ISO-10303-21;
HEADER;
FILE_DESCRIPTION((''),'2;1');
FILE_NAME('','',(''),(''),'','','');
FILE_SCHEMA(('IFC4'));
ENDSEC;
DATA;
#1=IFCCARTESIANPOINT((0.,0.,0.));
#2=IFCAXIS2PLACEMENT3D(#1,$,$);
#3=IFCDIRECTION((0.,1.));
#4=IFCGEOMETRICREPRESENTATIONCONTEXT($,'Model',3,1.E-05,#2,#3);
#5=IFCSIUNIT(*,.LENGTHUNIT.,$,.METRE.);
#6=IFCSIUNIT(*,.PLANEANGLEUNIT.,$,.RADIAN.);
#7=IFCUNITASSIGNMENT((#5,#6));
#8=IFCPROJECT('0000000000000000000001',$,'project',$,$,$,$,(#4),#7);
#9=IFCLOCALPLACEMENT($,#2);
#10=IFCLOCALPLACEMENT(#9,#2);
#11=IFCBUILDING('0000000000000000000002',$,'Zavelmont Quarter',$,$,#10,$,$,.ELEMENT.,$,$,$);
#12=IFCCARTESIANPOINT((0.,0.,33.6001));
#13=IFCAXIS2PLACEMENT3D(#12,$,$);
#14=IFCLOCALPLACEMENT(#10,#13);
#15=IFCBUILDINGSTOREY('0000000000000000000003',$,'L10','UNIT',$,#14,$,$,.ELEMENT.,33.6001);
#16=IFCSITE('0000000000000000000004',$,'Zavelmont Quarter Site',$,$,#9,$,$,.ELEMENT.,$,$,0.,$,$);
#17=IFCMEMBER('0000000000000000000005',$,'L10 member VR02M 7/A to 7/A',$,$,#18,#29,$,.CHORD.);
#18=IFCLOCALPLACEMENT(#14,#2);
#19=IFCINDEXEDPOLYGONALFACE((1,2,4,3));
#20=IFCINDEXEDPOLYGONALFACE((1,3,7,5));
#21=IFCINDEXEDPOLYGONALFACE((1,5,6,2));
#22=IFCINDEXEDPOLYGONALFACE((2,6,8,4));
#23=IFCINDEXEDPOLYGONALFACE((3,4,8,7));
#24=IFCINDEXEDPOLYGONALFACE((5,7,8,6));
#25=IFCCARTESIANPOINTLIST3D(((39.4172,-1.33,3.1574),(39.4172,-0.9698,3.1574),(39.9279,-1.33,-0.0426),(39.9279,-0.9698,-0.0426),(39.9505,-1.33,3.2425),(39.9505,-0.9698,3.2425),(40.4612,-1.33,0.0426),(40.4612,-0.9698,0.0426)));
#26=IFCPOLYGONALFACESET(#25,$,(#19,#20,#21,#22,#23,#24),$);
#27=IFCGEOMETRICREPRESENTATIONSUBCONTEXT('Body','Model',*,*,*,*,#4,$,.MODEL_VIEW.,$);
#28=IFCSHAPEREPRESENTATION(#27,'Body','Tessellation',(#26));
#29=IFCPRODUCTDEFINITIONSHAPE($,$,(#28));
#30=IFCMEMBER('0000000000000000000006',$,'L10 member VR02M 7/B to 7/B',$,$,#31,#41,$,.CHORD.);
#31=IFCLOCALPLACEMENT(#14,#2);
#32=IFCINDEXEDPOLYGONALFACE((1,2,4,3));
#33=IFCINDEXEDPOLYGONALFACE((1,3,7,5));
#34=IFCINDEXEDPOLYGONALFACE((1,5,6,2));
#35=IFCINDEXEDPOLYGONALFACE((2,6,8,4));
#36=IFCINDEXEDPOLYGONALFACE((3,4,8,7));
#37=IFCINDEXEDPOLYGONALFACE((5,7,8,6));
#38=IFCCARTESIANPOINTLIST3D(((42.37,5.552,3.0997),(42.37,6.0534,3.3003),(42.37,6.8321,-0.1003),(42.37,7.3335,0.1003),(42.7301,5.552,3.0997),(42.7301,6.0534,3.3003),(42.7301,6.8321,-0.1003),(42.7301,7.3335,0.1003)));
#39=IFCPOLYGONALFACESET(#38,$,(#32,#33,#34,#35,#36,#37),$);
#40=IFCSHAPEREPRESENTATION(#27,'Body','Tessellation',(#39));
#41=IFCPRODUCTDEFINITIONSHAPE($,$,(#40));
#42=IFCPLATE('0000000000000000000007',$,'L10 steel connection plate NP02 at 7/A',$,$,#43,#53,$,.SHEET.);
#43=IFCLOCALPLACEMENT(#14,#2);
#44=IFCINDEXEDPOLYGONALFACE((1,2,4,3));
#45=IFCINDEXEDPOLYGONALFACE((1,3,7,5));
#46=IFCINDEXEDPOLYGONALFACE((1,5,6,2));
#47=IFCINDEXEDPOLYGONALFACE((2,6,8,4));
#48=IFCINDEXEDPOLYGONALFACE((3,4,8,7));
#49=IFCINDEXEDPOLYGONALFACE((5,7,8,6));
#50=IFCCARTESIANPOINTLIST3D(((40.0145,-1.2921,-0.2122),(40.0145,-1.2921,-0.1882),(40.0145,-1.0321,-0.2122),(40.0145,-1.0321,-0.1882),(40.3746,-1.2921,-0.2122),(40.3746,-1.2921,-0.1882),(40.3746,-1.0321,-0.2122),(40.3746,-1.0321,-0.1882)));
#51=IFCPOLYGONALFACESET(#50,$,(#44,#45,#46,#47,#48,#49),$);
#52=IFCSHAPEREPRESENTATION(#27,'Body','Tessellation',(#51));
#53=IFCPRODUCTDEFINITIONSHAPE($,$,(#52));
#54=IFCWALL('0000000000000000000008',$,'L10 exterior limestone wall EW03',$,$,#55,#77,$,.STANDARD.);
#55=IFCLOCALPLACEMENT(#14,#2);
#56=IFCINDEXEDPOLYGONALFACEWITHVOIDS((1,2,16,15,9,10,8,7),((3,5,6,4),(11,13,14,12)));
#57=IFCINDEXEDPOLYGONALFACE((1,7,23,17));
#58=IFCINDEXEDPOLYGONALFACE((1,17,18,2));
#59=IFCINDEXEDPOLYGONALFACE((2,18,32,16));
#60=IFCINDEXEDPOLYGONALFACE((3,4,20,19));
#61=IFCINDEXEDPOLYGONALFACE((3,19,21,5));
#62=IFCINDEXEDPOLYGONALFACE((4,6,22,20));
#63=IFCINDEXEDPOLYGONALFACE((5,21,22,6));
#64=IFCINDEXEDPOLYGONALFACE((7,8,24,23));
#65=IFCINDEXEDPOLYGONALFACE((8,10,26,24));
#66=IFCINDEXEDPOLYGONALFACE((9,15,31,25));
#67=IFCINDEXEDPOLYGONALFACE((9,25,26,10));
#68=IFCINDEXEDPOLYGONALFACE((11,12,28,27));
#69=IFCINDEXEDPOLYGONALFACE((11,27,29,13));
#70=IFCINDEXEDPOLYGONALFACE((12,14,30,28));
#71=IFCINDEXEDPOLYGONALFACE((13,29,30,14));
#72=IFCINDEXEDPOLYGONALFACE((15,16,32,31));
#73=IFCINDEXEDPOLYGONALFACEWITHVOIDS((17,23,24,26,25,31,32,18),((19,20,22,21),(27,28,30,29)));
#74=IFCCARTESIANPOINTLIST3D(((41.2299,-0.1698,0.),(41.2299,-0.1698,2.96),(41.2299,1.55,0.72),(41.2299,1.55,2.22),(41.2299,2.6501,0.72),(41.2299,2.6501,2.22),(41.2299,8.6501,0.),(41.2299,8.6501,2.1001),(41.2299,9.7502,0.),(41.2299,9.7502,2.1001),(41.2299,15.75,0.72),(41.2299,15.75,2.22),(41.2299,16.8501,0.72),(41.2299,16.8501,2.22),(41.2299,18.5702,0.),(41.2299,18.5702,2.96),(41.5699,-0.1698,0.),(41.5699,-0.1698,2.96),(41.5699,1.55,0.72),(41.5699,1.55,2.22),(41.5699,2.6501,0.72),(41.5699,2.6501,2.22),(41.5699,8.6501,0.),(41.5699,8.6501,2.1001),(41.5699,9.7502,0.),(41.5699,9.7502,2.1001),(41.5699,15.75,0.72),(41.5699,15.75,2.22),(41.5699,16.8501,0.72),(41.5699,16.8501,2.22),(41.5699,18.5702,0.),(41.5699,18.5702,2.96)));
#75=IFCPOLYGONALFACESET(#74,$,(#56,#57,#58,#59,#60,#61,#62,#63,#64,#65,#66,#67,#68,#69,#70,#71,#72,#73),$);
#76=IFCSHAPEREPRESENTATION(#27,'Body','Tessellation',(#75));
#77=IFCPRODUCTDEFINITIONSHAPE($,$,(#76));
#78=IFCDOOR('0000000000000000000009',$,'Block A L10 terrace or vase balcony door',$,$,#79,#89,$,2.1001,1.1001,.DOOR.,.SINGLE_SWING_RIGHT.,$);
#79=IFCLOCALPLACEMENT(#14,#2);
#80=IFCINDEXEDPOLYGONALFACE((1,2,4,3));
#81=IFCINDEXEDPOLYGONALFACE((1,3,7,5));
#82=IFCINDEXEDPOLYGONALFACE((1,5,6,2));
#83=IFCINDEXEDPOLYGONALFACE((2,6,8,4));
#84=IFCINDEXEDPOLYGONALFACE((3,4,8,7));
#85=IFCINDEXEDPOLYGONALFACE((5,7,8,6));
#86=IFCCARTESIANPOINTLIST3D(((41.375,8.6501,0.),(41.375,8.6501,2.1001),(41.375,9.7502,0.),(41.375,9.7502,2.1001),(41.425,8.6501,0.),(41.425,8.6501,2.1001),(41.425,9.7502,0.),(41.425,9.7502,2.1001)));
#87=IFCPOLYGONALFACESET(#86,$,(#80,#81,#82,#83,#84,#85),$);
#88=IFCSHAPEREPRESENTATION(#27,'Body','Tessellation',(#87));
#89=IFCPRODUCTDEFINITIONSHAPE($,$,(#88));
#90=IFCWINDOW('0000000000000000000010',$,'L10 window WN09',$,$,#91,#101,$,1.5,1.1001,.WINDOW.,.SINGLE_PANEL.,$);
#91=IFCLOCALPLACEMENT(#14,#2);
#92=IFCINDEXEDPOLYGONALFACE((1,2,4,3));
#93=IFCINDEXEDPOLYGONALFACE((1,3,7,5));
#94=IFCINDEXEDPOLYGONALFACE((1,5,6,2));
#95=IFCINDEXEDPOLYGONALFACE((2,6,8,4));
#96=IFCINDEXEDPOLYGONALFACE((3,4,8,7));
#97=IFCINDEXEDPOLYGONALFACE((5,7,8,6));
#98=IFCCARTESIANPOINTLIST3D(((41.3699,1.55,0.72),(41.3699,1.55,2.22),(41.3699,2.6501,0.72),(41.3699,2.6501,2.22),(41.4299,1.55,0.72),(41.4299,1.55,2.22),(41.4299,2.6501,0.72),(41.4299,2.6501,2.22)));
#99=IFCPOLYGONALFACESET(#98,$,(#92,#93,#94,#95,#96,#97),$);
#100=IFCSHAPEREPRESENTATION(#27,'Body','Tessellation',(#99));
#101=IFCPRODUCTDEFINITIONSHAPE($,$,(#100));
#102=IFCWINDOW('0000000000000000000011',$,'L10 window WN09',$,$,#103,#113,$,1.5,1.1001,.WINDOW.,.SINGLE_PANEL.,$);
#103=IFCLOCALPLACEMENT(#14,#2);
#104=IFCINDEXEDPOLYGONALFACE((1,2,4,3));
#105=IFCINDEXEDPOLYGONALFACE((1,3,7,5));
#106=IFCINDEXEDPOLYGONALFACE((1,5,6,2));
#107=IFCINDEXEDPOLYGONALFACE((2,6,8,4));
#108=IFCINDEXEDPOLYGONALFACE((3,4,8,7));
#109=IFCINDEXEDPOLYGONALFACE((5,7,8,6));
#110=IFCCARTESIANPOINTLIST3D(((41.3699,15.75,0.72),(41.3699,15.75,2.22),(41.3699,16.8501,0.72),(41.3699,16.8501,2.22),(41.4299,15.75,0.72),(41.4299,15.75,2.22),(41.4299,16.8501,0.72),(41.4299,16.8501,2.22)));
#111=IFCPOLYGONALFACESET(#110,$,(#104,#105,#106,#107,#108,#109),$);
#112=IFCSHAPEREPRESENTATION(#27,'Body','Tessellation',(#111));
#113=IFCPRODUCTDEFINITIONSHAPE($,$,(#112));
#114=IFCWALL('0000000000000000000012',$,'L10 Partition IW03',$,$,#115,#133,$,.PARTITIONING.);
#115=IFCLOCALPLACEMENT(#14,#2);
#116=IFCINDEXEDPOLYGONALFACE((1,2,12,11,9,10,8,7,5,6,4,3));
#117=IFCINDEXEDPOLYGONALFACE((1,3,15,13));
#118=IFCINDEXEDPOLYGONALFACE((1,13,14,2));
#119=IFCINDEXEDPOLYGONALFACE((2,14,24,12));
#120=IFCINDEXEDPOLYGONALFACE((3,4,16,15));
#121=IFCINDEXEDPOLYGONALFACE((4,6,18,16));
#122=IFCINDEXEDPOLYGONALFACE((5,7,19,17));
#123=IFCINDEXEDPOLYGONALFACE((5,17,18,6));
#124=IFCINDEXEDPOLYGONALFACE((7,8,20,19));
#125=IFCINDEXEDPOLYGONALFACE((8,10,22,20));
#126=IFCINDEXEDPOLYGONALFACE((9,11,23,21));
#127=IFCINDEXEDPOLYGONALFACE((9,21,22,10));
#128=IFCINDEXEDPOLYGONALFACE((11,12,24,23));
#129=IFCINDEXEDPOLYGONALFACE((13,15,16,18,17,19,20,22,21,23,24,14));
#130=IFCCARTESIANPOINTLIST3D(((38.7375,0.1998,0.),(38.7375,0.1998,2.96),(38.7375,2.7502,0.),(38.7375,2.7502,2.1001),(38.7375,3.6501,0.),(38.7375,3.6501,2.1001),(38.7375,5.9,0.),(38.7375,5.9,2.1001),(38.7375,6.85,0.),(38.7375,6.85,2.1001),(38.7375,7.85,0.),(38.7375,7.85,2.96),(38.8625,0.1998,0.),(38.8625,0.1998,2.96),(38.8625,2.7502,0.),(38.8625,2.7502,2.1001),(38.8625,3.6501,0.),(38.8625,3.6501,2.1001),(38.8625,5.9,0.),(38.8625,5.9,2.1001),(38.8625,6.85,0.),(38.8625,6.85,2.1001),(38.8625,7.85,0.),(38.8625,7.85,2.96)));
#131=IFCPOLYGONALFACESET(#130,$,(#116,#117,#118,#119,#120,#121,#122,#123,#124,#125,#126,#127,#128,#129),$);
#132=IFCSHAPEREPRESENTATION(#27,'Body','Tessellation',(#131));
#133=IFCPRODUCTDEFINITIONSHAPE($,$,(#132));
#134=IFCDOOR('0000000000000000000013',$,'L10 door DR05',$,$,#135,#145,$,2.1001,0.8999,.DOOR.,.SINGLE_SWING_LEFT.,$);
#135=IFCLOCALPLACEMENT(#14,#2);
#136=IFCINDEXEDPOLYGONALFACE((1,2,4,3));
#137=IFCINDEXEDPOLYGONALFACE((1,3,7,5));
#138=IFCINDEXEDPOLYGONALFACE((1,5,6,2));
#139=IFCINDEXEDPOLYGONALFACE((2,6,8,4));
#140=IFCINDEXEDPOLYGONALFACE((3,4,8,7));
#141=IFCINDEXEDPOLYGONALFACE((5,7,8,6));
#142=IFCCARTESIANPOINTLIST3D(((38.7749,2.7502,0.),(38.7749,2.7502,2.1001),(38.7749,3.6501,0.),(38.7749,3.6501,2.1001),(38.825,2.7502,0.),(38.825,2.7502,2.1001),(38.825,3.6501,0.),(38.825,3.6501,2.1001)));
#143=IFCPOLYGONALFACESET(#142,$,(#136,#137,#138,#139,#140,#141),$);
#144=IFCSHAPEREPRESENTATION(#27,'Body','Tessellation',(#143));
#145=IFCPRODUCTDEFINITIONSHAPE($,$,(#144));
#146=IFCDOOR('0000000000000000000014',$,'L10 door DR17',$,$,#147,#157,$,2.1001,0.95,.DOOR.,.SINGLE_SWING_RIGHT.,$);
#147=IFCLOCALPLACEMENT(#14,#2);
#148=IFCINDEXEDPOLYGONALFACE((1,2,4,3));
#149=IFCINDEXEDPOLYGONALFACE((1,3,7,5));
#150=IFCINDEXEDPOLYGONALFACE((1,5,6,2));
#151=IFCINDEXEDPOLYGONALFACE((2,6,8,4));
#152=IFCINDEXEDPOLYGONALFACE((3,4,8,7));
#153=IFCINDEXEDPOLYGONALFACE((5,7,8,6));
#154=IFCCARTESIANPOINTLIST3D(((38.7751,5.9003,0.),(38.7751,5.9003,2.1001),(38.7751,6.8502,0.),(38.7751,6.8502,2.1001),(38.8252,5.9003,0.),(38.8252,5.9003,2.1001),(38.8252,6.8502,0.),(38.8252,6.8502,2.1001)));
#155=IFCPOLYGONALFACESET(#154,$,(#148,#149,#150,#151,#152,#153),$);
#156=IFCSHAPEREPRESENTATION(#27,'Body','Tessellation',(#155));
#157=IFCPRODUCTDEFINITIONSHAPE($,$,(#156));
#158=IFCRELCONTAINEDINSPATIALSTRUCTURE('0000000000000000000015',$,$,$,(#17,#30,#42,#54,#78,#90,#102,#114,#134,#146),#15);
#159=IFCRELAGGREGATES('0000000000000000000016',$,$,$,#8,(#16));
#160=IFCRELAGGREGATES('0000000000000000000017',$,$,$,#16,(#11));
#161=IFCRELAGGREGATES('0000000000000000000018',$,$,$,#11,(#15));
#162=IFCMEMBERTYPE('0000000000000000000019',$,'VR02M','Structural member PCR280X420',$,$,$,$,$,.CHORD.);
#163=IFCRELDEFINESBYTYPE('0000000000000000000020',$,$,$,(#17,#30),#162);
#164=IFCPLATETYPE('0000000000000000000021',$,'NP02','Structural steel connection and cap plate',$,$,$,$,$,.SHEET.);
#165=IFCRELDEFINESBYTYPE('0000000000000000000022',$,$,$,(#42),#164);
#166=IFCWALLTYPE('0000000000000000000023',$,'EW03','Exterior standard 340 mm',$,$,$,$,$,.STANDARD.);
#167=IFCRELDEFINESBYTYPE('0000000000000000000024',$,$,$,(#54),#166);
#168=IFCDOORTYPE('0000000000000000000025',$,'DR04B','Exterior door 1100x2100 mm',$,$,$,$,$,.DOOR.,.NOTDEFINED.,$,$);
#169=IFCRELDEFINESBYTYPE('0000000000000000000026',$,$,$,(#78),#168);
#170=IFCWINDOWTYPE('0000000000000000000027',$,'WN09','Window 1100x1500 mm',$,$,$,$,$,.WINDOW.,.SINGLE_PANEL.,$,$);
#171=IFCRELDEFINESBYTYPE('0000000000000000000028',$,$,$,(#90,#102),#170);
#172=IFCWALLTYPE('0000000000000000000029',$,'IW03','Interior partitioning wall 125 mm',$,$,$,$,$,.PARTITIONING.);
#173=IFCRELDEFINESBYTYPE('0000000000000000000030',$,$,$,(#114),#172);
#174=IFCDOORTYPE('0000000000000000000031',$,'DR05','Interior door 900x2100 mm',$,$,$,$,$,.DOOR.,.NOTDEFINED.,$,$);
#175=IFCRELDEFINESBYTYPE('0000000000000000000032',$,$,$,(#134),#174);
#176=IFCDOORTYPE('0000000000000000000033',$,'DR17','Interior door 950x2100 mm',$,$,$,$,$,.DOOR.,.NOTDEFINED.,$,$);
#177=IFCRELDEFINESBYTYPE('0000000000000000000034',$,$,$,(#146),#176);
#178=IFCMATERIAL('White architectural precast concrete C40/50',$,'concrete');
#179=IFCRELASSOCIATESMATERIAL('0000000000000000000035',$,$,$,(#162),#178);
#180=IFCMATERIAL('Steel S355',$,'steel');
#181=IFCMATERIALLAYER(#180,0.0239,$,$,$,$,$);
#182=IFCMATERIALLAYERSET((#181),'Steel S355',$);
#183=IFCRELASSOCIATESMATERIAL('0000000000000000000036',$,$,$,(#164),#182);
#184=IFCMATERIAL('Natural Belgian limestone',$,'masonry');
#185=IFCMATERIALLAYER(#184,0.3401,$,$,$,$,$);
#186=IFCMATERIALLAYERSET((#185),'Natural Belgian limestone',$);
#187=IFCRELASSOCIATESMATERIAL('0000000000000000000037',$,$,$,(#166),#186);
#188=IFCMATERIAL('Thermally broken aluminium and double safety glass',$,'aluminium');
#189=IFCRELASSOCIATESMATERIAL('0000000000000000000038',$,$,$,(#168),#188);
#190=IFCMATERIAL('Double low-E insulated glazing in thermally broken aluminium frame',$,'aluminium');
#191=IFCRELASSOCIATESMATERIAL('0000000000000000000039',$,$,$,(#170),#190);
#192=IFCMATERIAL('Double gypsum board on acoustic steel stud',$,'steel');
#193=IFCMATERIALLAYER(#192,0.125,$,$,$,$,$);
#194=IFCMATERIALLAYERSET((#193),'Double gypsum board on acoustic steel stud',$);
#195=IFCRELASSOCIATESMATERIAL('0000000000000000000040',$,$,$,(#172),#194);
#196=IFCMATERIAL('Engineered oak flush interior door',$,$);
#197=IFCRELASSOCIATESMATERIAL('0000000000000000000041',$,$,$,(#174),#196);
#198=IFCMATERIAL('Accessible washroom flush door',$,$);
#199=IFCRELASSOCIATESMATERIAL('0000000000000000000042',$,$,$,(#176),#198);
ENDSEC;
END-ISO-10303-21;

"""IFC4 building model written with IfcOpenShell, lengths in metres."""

from ifc_helpers import new_model, si_unit, direction, frame, frame_2d, origin, origin_with_axes, origin_2d, place, context, subcontext, project, spatial, rectangle, extrude, material, layer, layer_set, material_profile, profile_set, type_object, element, fill, save


model = new_model("IFC4")

# Units and contexts
model_context = context("Model", 3, precision=1e-05, world=origin(), true_north=direction((0.0, 1.0)))
body_context = subcontext(model_context, "Body", "Model", "MODEL_VIEW")
ifc_project = project(units=[si_unit("LENGTHUNIT", "METRE"), si_unit("PLANEANGLEUNIT", "RADIAN")], contexts=[model_context])

# Site, building, storey
site_placement = place(None, origin())
site = spatial("IfcSite", under=ifc_project, at=site_placement, Name="Zavelmont Quarter Site", CompositionType="ELEMENT", RefElevation=0.0)
building_placement = place(site_placement, origin())
building = spatial("IfcBuilding", under=site, at=building_placement, Name="Zavelmont Quarter", CompositionType="ELEMENT")
storey_placement = place(building_placement, frame((0.0, 0.0, 33.6001)))
storey = spatial("IfcBuildingStorey", under=building, at=storey_placement, Name="L10", Description="UNIT", CompositionType="ELEMENT", Elevation=33.6001)

# Shared definitions
ifc_material_1 = material(Name="Steel S355", Category="steel")

# Members
ifc_material_2 = material(Name="White architectural precast concrete C40/50", Category="concrete")
ifc_material_profile_1 = material_profile(ifc_material_2, rectangle(XDim=0.3601, YDim=0.54, at=origin_2d()), Name="PCR280X420")
ifc_profile_set_1 = profile_set([ifc_material_profile_1], Name="White architectural precast concrete C40/50")
member_type = type_object("IfcMemberType", Name="VR02M", Description="Structural member PCR280X420", PredefinedType="CHORD", material=ifc_profile_set_1)
member_1_placement = place(storey_placement, frame((40.1946, -1.1499, 0.0), z_axis=(-0.157614, 0.0, 0.987501), x_axis=(0.0, -1.0, 0.0)))
element("IfcMember", 1, at=member_1_placement, inside=storey, type_object=member_type, Name="L10 member VR02M 7/A to 7/A", PredefinedType="CHORD", context=body_context, shape_type="SweptSolid", body=[
    extrude(rectangle(XDim=0.3601, YDim=0.54, at=origin_2d()), origin(), (0.0, 0.0, 1.0), 3.2405),
])
member_2_placement = place(storey_placement, frame((42.55, 7.0828, 0.0), z_axis=(0.0, -0.371403, 0.928472), x_axis=(1.0, 0.0, 0.0)))
element("IfcMember", 2, at=member_2_placement, inside=storey, type_object=member_type, Name="L10 member VR02M 7/B to 7/B", PredefinedType="CHORD", context=body_context, shape_type="SweptSolid", body=[
    extrude(rectangle(XDim=0.3601, YDim=0.54, at=origin_2d()), origin(), (0.0, 0.0, 1.0), 3.4465),
])

# Plate
ifc_layer_1 = layer(ifc_material_1, 0.0239)
ifc_layer_set_1 = layer_set([ifc_layer_1], Name="Steel S355")
plate_type = type_object("IfcPlateType", Name="NP02", Description="Structural steel connection and cap plate", PredefinedType="SHEET", material=ifc_layer_set_1)
plate_placement = place(storey_placement, frame((40.1946, -1.1621, -0.2122), z_axis=(0.0, 0.0, 1.0), x_axis=(1.0, 0.0, 0.0)))
element("IfcPlate", 3, at=plate_placement, inside=storey, type_object=plate_type, Name="L10 steel connection plate NP02 at 7/A", PredefinedType="SHEET", context=body_context, shape_type="SweptSolid", body=[
    extrude(rectangle(XDim=0.3601, YDim=0.26, at=origin_2d()), origin(), (0.0, 0.0, 1.0), 0.0239),
])

# Wall, openings, door, windows
ifc_material_3 = material(Name="Natural Belgian limestone", Category="masonry")
ifc_layer_2 = layer(ifc_material_3, 0.3401)
ifc_layer_set_2 = layer_set([ifc_layer_2], Name="Natural Belgian limestone")
wall_type_1 = type_object("IfcWallType", Name="EW03", Description="Exterior standard 340 mm", PredefinedType="STANDARD", material=ifc_layer_set_2)
wall_1_placement = place(storey_placement, frame((41.3999, -0.1699, 0.0), z_axis=(0.0, 0.0, 1.0), x_axis=(0.0, 1.0, 0.0)))
wall_1 = element("IfcWall", 4, at=wall_1_placement, inside=storey, type_object=wall_type_1, Name="L10 exterior limestone wall EW03", PredefinedType="STANDARD", context=body_context, shape_type="SweptSolid", body=[
    extrude(rectangle(XDim=18.74, YDim=0.3401, at=frame_2d((9.3701, 0.0))), origin(), (0.0, 0.0, 1.0), 2.96),
])
opening_1_placement = place(wall_1_placement, frame((8.8201, 0.0, 0.0)))
opening_1 = element("IfcOpeningElement", 5, at=opening_1_placement, cuts=wall_1, PredefinedType="OPENING", context=body_context, shape_type="SweptSolid", body=[
    extrude(rectangle(XDim=1.1001, YDim=2.1001, at=frame_2d((0.55, 1.05))), frame((0.0, 0.1821, 0.0), z_axis=(0.0, -1.0, 0.0), x_axis=(1.0, 0.0, 0.0)), (0.0, 0.0, 1.0), 0.364),
])
opening_2_placement = place(wall_1_placement, frame((1.72, 0.0, 0.72)))
opening_2 = element("IfcOpeningElement", 6, at=opening_2_placement, cuts=wall_1, PredefinedType="OPENING", context=body_context, shape_type="SweptSolid", body=[
    extrude(rectangle(XDim=1.1001, YDim=1.5, at=frame_2d((0.55, 0.75))), frame((0.0, 0.1821, 0.0), z_axis=(0.0, -1.0, 0.0), x_axis=(1.0, 0.0, 0.0)), (0.0, 0.0, 1.0), 0.364),
])
opening_3_placement = place(wall_1_placement, frame((15.9199, 0.0, 0.72)))
opening_3 = element("IfcOpeningElement", 7, at=opening_3_placement, cuts=wall_1, PredefinedType="OPENING", context=body_context, shape_type="SweptSolid", body=[
    extrude(rectangle(XDim=1.1001, YDim=1.5, at=frame_2d((0.55, 0.75))), frame((0.0, 0.1821, 0.0), z_axis=(0.0, -1.0, 0.0), x_axis=(1.0, 0.0, 0.0)), (0.0, 0.0, 1.0), 0.364),
])
ifc_material_4 = material(Name="Thermally broken aluminium and double safety glass", Category="aluminium")
door_type_1 = type_object("IfcDoorType", Name="DR04B", Description="Exterior door 1100x2100 mm", OperationType="NOTDEFINED", PredefinedType="DOOR", material=ifc_material_4)
door_1_placement = place(opening_1_placement, origin_with_axes())
door_1 = element("IfcDoor", 8, at=door_1_placement, inside=storey, type_object=door_type_1, Name="Block A L10 terrace or vase balcony door", OperationType="SINGLE_SWING_RIGHT", OverallHeight=2.1001, OverallWidth=1.1001, PredefinedType="DOOR", context=body_context, shape_type="SweptSolid", body=[
    extrude(rectangle(XDim=1.1001, YDim=2.1001, at=frame_2d((0.55, 1.05))), frame((0.0, 0.0249, 0.0), z_axis=(0.0, -1.0, 0.0), x_axis=(1.0, 0.0, 0.0)), (0.0, 0.0, 1.0), 0.05),
])
fill(opening_1, door_1)
ifc_material_5 = material(Name="Double low-E insulated glazing in thermally broken aluminium frame", Category="aluminium")
window_type = type_object("IfcWindowType", Name="WN09", Description="Window 1100x1500 mm", PartitioningType="SINGLE_PANEL", PredefinedType="WINDOW", material=ifc_material_5)
window_1_placement = place(opening_2_placement, origin_with_axes())
window_1 = element("IfcWindow", 9, at=window_1_placement, inside=storey, type_object=window_type, Name="L10 window WN09", OverallHeight=1.5, OverallWidth=1.1001, PartitioningType="SINGLE_PANEL", PredefinedType="WINDOW", context=body_context, shape_type="SweptSolid", body=[
    extrude(rectangle(XDim=1.1001, YDim=1.5, at=frame_2d((0.55, 0.75))), frame((0.0, 0.03, 0.0), z_axis=(0.0, -1.0, 0.0), x_axis=(1.0, 0.0, 0.0)), (0.0, 0.0, 1.0), 0.0601),
])
fill(opening_2, window_1)
window_2_placement = place(opening_3_placement, origin_with_axes())
window_2 = element("IfcWindow", 10, at=window_2_placement, inside=storey, type_object=window_type, Name="L10 window WN09", OverallHeight=1.5, OverallWidth=1.1001, PartitioningType="SINGLE_PANEL", PredefinedType="WINDOW", context=body_context, shape_type="SweptSolid", body=[
    extrude(rectangle(XDim=1.1001, YDim=1.5, at=frame_2d((0.55, 0.75))), frame((0.0, 0.03, 0.0), z_axis=(0.0, -1.0, 0.0), x_axis=(1.0, 0.0, 0.0)), (0.0, 0.0, 1.0), 0.0601),
])
fill(opening_3, window_2)

# Wall, openings, doors
ifc_material_6 = material(Name="Double gypsum board on acoustic steel stud", Category="steel")
ifc_layer_3 = layer(ifc_material_6, 0.125)
ifc_layer_set_3 = layer_set([ifc_layer_3], Name="Double gypsum board on acoustic steel stud")
wall_type_2 = type_object("IfcWallType", Name="IW03", Description="Interior partitioning wall 125 mm", PredefinedType="PARTITIONING", material=ifc_layer_set_3)
wall_2_placement = place(storey_placement, frame((38.8, 7.8501, 0.0), z_axis=(0.0, 0.0, 1.0), x_axis=(0.0, -1.0, 0.0)))
wall_2 = element("IfcWall", 11, at=wall_2_placement, inside=storey, type_object=wall_type_2, Name="L10 Partition IW03", PredefinedType="PARTITIONING", context=body_context, shape_type="SweptSolid", body=[
    extrude(rectangle(XDim=7.6501, YDim=0.125, at=frame_2d((3.8252, 0.0))), origin(), (0.0, 0.0, 1.0), 2.96),
])
opening_4_placement = place(wall_2_placement, frame((1.0, 0.0, 0.0)))
opening_4 = element("IfcOpeningElement", 12, at=opening_4_placement, cuts=wall_2, PredefinedType="OPENING", context=body_context, shape_type="SweptSolid", body=[
    extrude(rectangle(XDim=0.95, YDim=2.1001, at=frame_2d((0.4751, 1.05))), frame((0.0, 0.0745, 0.0), z_axis=(0.0, -1.0, 0.0), x_axis=(1.0, 0.0, 0.0)), (0.0, 0.0, 1.0), 0.1489),
])
opening_5_placement = place(wall_2_placement, frame((4.2, 0.0, 0.0)))
opening_5 = element("IfcOpeningElement", 13, at=opening_5_placement, cuts=wall_2, PredefinedType="OPENING", context=body_context, shape_type="SweptSolid", body=[
    extrude(rectangle(XDim=0.8999, YDim=2.1001, at=frame_2d((0.45, 1.05))), frame((0.0, 0.0745, 0.0), z_axis=(0.0, -1.0, 0.0), x_axis=(1.0, 0.0, 0.0)), (0.0, 0.0, 1.0), 0.1489),
])
ifc_material_7 = material(Name="Engineered oak flush interior door")
door_type_2 = type_object("IfcDoorType", Name="DR05", Description="Interior door 900x2100 mm", OperationType="NOTDEFINED", PredefinedType="DOOR", material=ifc_material_7)
door_2_placement = place(opening_5_placement, origin_with_axes())
door_2 = element("IfcDoor", 14, at=door_2_placement, inside=storey, type_object=door_type_2, Name="L10 door DR05", OperationType="SINGLE_SWING_LEFT", OverallHeight=2.1001, OverallWidth=0.8999, PredefinedType="DOOR", context=body_context, shape_type="SweptSolid", body=[
    extrude(rectangle(XDim=0.8999, YDim=2.1001, at=frame_2d((0.45, 1.05))), frame((0.0, 0.0249, 0.0), z_axis=(0.0, -1.0, 0.0), x_axis=(1.0, 0.0, 0.0)), (0.0, 0.0, 1.0), 0.05),
])
fill(opening_5, door_2)
ifc_material_8 = material(Name="Accessible washroom flush door")
door_type_3 = type_object("IfcDoorType", Name="DR17", Description="Interior door 950x2100 mm", OperationType="NOTDEFINED", PredefinedType="DOOR", material=ifc_material_8)
door_3_placement = place(opening_4_placement, frame((0.95, 0.0, 0.0), z_axis=(0.0, 0.0, 1.0), x_axis=(-1.0, 0.0, 0.0)))
door_3 = element("IfcDoor", 15, at=door_3_placement, inside=storey, type_object=door_type_3, Name="L10 door DR17", OperationType="SINGLE_SWING_RIGHT", OverallHeight=2.1001, OverallWidth=0.95, PredefinedType="DOOR", context=body_context, shape_type="SweptSolid", body=[
    extrude(rectangle(XDim=0.95, YDim=2.1001, at=frame_2d((0.4751, 1.05))), frame((0.0, 0.0249, 0.0), z_axis=(0.0, -1.0, 0.0), x_axis=(1.0, 0.0, 0.0)), (0.0, 0.0, 1.0), 0.05),
])
fill(opening_4, door_3)

save(model, "model.ifc")
